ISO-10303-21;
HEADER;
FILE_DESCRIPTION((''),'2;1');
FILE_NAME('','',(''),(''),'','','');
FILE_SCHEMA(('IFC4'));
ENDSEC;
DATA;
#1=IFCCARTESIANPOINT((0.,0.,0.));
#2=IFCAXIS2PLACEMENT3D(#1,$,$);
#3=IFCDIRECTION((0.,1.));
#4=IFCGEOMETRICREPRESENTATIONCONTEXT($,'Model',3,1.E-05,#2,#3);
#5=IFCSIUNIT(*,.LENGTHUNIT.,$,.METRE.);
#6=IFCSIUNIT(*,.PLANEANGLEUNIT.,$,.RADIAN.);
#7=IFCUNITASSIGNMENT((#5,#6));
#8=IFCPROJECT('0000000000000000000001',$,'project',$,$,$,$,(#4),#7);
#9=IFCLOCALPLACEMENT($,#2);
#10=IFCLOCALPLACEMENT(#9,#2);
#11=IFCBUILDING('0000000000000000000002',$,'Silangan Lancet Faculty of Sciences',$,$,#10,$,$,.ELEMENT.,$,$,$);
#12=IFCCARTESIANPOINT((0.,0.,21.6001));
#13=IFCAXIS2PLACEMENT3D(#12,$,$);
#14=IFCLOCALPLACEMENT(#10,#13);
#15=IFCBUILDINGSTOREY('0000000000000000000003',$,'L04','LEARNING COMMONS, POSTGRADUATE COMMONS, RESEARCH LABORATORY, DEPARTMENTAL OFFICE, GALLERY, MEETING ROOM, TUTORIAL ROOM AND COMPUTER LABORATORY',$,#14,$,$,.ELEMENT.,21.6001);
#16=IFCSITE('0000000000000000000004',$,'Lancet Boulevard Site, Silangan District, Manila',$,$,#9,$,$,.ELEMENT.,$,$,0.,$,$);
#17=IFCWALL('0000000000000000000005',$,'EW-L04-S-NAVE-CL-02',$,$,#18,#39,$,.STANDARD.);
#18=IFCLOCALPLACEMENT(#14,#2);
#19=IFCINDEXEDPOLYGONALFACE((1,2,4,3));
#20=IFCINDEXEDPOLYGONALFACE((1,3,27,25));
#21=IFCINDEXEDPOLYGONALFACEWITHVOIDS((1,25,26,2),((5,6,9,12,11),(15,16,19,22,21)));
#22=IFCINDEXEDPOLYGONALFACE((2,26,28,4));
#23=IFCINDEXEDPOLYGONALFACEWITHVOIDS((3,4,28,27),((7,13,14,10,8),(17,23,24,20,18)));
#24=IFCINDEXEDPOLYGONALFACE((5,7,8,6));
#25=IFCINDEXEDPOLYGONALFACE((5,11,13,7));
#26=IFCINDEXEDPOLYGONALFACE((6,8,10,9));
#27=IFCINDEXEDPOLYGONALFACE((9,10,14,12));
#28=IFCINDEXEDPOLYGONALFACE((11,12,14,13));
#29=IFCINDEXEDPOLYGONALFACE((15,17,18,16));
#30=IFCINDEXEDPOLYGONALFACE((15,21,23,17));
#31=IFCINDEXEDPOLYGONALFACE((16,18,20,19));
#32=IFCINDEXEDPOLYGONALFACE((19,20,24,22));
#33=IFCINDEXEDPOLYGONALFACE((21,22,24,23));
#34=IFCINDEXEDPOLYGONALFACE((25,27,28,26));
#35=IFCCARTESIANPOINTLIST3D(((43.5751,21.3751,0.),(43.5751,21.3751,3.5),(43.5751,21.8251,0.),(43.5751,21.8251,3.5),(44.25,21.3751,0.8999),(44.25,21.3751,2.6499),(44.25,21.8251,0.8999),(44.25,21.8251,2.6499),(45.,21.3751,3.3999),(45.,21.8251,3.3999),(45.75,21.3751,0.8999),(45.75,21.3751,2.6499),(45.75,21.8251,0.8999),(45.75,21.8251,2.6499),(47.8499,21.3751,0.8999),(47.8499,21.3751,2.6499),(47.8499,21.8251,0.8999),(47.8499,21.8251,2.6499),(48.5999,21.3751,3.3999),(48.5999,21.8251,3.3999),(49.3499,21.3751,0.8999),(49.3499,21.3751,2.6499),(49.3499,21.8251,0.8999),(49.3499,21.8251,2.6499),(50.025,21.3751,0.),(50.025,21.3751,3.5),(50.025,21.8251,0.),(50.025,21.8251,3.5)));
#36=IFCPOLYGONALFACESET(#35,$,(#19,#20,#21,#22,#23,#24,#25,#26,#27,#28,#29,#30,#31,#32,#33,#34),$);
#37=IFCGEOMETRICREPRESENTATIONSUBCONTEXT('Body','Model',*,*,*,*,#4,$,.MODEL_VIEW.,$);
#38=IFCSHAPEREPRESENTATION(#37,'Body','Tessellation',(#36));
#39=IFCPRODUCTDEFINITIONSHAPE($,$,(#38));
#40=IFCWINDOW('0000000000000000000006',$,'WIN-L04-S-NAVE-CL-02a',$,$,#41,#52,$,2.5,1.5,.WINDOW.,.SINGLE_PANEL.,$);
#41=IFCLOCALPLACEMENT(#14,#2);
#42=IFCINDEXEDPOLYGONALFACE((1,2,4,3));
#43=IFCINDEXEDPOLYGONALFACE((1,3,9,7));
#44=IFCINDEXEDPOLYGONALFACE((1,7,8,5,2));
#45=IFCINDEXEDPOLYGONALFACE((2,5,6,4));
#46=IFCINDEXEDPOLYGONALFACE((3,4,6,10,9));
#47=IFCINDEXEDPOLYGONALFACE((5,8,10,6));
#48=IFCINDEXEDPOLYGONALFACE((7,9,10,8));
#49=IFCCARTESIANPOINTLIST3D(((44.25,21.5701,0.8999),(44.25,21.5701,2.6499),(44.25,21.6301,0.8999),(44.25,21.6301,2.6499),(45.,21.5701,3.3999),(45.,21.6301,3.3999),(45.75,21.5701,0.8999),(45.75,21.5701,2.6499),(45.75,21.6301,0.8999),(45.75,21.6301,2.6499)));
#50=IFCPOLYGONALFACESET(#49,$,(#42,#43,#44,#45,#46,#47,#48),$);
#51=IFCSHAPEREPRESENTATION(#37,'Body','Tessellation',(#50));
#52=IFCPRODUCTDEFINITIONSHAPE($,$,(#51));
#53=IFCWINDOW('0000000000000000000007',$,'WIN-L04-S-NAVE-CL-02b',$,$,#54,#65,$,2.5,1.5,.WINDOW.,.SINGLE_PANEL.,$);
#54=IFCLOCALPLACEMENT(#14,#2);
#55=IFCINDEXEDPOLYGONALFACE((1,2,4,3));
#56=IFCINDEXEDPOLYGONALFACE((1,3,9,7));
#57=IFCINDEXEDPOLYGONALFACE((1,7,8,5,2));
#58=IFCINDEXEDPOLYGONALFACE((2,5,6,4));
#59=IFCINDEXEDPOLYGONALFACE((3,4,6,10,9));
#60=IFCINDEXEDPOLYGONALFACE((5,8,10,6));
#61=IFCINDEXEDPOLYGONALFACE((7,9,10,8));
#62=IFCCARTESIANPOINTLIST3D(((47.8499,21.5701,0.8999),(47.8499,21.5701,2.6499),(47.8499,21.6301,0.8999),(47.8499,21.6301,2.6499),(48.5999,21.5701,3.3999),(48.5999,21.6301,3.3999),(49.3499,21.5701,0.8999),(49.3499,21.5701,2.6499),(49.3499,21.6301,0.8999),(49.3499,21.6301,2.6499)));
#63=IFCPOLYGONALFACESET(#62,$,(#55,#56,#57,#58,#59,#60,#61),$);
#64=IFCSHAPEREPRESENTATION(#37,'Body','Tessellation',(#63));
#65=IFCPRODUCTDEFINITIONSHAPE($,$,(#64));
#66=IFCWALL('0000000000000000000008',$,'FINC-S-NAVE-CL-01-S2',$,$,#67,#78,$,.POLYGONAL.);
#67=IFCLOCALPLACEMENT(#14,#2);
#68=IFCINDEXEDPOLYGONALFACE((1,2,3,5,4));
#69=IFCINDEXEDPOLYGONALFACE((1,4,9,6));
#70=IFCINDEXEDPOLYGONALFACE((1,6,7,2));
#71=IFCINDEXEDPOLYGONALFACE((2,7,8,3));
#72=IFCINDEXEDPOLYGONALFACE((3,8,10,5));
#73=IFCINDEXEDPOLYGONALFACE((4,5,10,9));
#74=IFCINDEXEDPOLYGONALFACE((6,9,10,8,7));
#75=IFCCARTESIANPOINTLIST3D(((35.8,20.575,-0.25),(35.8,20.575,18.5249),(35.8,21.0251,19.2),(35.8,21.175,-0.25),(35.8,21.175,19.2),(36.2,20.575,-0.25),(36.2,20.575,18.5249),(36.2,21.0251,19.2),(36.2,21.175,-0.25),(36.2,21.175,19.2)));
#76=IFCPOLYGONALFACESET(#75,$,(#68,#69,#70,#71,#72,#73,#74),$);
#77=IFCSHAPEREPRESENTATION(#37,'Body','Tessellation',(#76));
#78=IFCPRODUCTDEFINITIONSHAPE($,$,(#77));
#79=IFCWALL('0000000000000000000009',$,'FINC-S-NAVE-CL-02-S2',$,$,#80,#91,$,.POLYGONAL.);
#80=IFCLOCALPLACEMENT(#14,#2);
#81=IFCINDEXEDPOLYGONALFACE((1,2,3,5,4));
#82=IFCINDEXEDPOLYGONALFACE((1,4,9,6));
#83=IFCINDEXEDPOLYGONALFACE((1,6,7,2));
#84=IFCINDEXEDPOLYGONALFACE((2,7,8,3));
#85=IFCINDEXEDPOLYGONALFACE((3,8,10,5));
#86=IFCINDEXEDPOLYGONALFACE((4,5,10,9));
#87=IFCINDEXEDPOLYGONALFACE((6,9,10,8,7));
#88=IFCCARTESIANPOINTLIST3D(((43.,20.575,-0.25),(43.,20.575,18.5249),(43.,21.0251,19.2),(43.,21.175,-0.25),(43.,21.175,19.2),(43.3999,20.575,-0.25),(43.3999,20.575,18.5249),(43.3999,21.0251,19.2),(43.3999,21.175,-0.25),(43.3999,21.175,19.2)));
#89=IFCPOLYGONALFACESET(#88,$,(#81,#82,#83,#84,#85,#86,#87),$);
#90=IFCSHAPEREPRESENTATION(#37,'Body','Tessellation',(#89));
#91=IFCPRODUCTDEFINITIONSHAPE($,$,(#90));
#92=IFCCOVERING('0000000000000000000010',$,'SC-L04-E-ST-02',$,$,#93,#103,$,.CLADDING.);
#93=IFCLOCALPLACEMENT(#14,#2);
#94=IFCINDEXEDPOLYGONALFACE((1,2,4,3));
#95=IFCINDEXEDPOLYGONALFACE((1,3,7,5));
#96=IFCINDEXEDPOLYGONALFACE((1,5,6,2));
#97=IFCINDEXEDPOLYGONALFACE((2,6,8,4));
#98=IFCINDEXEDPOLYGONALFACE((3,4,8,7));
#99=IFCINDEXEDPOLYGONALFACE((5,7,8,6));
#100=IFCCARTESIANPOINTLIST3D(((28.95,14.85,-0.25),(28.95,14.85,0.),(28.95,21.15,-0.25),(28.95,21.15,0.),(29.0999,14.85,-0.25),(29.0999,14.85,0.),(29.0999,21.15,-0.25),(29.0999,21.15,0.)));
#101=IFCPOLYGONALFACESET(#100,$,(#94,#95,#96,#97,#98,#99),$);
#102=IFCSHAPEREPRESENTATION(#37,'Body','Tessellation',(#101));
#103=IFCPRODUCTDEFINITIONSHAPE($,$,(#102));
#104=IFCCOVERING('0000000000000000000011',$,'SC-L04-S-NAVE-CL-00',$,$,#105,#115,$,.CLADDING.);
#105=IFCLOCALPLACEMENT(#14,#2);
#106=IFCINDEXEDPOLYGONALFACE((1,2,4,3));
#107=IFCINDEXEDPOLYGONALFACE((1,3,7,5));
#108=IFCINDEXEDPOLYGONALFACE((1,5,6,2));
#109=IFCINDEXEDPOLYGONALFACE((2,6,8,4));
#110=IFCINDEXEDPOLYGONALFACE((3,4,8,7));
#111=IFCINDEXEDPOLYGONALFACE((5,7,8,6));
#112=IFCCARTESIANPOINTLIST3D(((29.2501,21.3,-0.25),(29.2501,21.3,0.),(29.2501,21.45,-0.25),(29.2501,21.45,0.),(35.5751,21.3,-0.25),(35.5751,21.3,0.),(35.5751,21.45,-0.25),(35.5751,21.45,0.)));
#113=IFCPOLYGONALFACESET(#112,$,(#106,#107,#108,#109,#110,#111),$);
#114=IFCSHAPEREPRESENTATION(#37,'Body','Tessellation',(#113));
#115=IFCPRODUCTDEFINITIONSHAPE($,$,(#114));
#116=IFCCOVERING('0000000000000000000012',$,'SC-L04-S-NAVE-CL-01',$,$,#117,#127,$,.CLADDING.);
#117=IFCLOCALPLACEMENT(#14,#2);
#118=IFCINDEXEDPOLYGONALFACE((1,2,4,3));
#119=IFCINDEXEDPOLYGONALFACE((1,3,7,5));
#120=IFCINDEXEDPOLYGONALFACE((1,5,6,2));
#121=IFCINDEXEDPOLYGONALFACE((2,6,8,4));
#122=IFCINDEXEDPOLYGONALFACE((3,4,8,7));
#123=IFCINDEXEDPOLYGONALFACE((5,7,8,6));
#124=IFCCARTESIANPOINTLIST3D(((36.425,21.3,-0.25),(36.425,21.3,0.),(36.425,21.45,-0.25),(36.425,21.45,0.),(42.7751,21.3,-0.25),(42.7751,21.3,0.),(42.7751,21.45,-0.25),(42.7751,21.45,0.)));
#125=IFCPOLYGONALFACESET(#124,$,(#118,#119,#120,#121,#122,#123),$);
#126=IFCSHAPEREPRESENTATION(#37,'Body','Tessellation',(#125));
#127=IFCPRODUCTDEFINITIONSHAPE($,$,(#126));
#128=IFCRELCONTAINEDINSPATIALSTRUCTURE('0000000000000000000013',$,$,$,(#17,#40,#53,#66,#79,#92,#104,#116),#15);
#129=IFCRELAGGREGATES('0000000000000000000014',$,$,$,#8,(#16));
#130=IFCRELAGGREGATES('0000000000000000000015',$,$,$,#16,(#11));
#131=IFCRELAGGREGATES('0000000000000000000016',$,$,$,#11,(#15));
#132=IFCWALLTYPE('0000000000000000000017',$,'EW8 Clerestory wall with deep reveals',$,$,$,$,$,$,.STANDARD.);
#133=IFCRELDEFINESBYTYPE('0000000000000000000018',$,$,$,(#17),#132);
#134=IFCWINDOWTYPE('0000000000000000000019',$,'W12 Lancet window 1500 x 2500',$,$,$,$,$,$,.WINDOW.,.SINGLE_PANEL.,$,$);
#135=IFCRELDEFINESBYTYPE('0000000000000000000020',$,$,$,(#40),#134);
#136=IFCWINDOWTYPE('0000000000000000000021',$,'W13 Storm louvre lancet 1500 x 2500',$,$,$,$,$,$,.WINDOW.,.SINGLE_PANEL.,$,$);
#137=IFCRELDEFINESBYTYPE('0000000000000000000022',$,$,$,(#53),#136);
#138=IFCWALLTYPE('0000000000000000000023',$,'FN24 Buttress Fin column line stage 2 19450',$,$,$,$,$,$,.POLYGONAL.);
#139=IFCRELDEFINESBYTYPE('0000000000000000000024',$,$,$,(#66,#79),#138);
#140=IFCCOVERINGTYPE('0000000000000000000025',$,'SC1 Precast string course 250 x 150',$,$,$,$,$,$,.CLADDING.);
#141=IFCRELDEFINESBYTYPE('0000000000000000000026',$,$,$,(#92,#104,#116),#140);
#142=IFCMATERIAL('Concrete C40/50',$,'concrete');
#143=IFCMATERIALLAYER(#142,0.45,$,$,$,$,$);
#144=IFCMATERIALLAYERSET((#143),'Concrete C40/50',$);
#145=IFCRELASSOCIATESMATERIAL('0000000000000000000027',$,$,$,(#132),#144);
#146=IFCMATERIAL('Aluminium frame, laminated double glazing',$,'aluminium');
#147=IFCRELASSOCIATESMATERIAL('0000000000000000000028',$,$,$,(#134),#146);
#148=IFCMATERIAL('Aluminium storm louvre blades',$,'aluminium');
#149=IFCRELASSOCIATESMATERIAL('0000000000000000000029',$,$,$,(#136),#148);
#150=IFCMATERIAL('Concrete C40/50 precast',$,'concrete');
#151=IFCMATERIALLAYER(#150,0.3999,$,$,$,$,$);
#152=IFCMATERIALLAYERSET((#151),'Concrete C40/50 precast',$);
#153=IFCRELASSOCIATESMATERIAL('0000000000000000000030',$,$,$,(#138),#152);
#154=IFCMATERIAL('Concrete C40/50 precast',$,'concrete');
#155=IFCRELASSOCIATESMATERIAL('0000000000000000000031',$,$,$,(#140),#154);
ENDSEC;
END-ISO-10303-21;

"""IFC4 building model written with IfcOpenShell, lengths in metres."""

from ifc_helpers import new_model, si_unit, direction, frame, frame_2d, origin, origin_2d, place, context, subcontext, project, spatial, polyline, rectangle, outline, extrude, material, layer, layer_set, type_object, element, fill, save


model = new_model("IFC4")

# Units and contexts
model_context = context("Model", 3, precision=1e-05, world=origin(), true_north=direction((0.0, 1.0)))
body_context = subcontext(model_context, "Body", "Model", "MODEL_VIEW")
ifc_project = project(units=[si_unit("LENGTHUNIT", "METRE"), si_unit("PLANEANGLEUNIT", "RADIAN")], contexts=[model_context])

# Site, building, storey
site_placement = place(None, origin())
site = spatial("IfcSite", under=ifc_project, at=site_placement, Name="Lancet Boulevard Site, Silangan District, Manila", CompositionType="ELEMENT", RefElevation=0.0)
building_placement = place(site_placement, origin())
building = spatial("IfcBuilding", under=site, at=building_placement, Name="Silangan Lancet Faculty of Sciences", CompositionType="ELEMENT")
storey_placement = place(building_placement, frame((0.0, 0.0, 21.6001)))
storey = spatial("IfcBuildingStorey", under=building, at=storey_placement, Name="L04", Description="LEARNING COMMONS, POSTGRADUATE COMMONS, RESEARCH LABORATORY, DEPARTMENTAL OFFICE, GALLERY, MEETING ROOM, TUTORIAL ROOM AND COMPUTER LABORATORY", CompositionType="ELEMENT", Elevation=21.6001)

# Wall, openings, windows
ifc_material_1 = material(Name="Concrete C40/50", Category="concrete")
ifc_layer_1 = layer(ifc_material_1, 0.45)
ifc_layer_set_1 = layer_set([ifc_layer_1], Name="Concrete C40/50")
wall_type_1 = type_object("IfcWallType", Name="EW8 Clerestory wall with deep reveals", PredefinedType="STANDARD", material=ifc_layer_set_1)
ifc_material_2 = material(Name="Aluminium frame, laminated double glazing", Category="aluminium")
window_type_1 = type_object("IfcWindowType", Name="W12 Lancet window 1500 x 2500", PartitioningType="SINGLE_PANEL", PredefinedType="WINDOW", material=ifc_material_2)
ifc_material_3 = material(Name="Aluminium storm louvre blades", Category="aluminium")
window_type_2 = type_object("IfcWindowType", Name="W13 Storm louvre lancet 1500 x 2500", PartitioningType="SINGLE_PANEL", PredefinedType="WINDOW", material=ifc_material_3)
wall_1_placement = place(storey_placement, frame((43.575, 21.6001, 0.0), z_axis=(0.0, 0.0, 1.0), x_axis=(1.0, 0.0, 0.0)))
wall_1 = element("IfcWall", 1, at=wall_1_placement, inside=storey, type_object=wall_type_1, Name="EW-L04-S-NAVE-CL-02", PredefinedType="STANDARD", context=body_context, shape_type="SweptSolid", body=[
    extrude(rectangle(XDim=6.45, YDim=0.45, at=frame_2d((3.2251, 0.0))), origin(), (0.0, 0.0, 1.0), 3.5),
])
opening_1_placement = place(wall_1_placement, frame((0.675, 0.0, 0.8999)))
opening_1 = element("IfcOpeningElement", 2, at=opening_1_placement, cuts=wall_1, PredefinedType="OPENING", context=body_context, shape_type="SweptSolid", body=[
    extrude(outline(polyline([(0.0, 0.0), (1.5, 0.0), (1.5, 1.75), (0.75, 2.5), (0.0, 1.75), (0.0, 0.0)])), frame((0.0, 0.2349, 0.0), z_axis=(0.0, -1.0, 0.0), x_axis=(1.0, 0.0, 0.0)), (0.0, 0.0, 1.0), 0.47),
])
opening_2_placement = place(wall_1_placement, frame((4.2749, 0.0, 0.8999)))
opening_2 = element("IfcOpeningElement", 3, at=opening_2_placement, cuts=wall_1, PredefinedType="OPENING", context=body_context, shape_type="SweptSolid", body=[
    extrude(outline(polyline([(0.0, 0.0), (1.5, 0.0), (1.5, 1.75), (0.75, 2.5), (0.0, 1.75), (0.0, 0.0)])), frame((0.0, 0.2349, 0.0), z_axis=(0.0, -1.0, 0.0), x_axis=(1.0, 0.0, 0.0)), (0.0, 0.0, 1.0), 0.47),
])
window_1_placement = place(opening_1_placement, origin())
window_1 = element("IfcWindow", 4, at=window_1_placement, inside=storey, type_object=window_type_1, Name="WIN-L04-S-NAVE-CL-02a", OverallHeight=2.5, OverallWidth=1.5, PartitioningType="SINGLE_PANEL", PredefinedType="WINDOW", context=body_context, shape_type="SweptSolid", body=[
    extrude(outline(polyline([(0.0, 0.0), (1.5, 0.0), (1.5, 1.75), (0.75, 2.5), (0.0, 1.75), (0.0, 0.0)])), frame((0.0, 0.03, 0.0), z_axis=(0.0, -1.0, 0.0), x_axis=(1.0, 0.0, 0.0)), (0.0, 0.0, 1.0), 0.0601),
])
fill(opening_1, window_1)
window_2_placement = place(opening_2_placement, origin())
window_2 = element("IfcWindow", 5, at=window_2_placement, inside=storey, type_object=window_type_2, Name="WIN-L04-S-NAVE-CL-02b", OverallHeight=2.5, OverallWidth=1.5, PartitioningType="SINGLE_PANEL", PredefinedType="WINDOW", context=body_context, shape_type="SweptSolid", body=[
    extrude(outline(polyline([(0.0, 0.0), (1.5, 0.0), (1.5, 1.75), (0.75, 2.5), (0.0, 1.75), (0.0, 0.0)])), frame((0.0, 0.03, 0.0), z_axis=(0.0, -1.0, 0.0), x_axis=(1.0, 0.0, 0.0)), (0.0, 0.0, 1.0), 0.0601),
])
fill(opening_2, window_2)

# Walls
ifc_material_4 = material(Name="Concrete C40/50 precast", Category="concrete")
ifc_layer_2 = layer(ifc_material_4, 0.3999)
ifc_layer_set_2 = layer_set([ifc_layer_2], Name="Concrete C40/50 precast")
wall_type_2 = type_object("IfcWallType", Name="FN24 Buttress Fin column line stage 2 19450", PredefinedType="POLYGONAL", material=ifc_layer_set_2)
for number, where, z_axis, x_axis, name in (
    (6, (36.0, 21.175, -0.25), (0.0, 0.0, 1.0), (0.0, -1.0, 0.0), "FINC-S-NAVE-CL-01-S2"),
    (7, (43.2, 21.175, -0.25), (0.0, 0.0, 1.0), (0.0, -1.0, 0.0), "FINC-S-NAVE-CL-02-S2"),
):
    element("IfcWall", number, at=place(storey_placement, frame(where, z_axis=z_axis, x_axis=x_axis)), inside=storey, type_object=wall_type_2, Name=name, PredefinedType="POLYGONAL", context=body_context, shape_type="SweptSolid", body=[
        extrude(outline(polyline([(0.6001, 0.0), (0.6001, 18.7749), (0.1499, 19.45), (0.0, 19.45), (0.0, 0.0), (0.6001, 0.0)])), frame((0.0, 0.2, 0.0), z_axis=(0.0, -1.0, 0.0), x_axis=(1.0, 0.0, 0.0)), (0.0, 0.0, 1.0), 0.3999),
    ])

# Coverings
ifc_material_5 = material(Name="Concrete C40/50 precast", Category="concrete")
covering_type = type_object("IfcCoveringType", Name="SC1 Precast string course 250 x 150", PredefinedType="CLADDING", material=ifc_material_5)
covering_1_placement = place(storey_placement, frame((29.0249, 18.0, -0.25), z_axis=(0.0, 0.0, 1.0), x_axis=(1.0, 0.0, 0.0)))
element("IfcCovering", 8, at=covering_1_placement, inside=storey, type_object=covering_type, Name="SC-L04-E-ST-02", PredefinedType="CLADDING", context=body_context, shape_type="SweptSolid", body=[
    extrude(rectangle(XDim=0.1499, YDim=6.3, at=origin_2d()), origin(), (0.0, 0.0, 1.0), 0.25),
])
covering_2_placement = place(storey_placement, frame((32.4126, 21.375, -0.25), z_axis=(0.0, 0.0, 1.0), x_axis=(1.0, 0.0, 0.0)))
element("IfcCovering", 9, at=covering_2_placement, inside=storey, type_object=covering_type, Name="SC-L04-S-NAVE-CL-00", PredefinedType="CLADDING", context=body_context, shape_type="SweptSolid", body=[
    extrude(rectangle(XDim=6.325, YDim=0.1499, at=origin_2d()), origin(), (0.0, 0.0, 1.0), 0.25),
])
covering_3_placement = place(storey_placement, frame((39.6001, 21.375, -0.25), z_axis=(0.0, 0.0, 1.0), x_axis=(1.0, 0.0, 0.0)))
element("IfcCovering", 10, at=covering_3_placement, inside=storey, type_object=covering_type, Name="SC-L04-S-NAVE-CL-01", PredefinedType="CLADDING", context=body_context, shape_type="SweptSolid", body=[
    extrude(rectangle(XDim=6.3501, YDim=0.1499, at=origin_2d()), origin(), (0.0, 0.0, 1.0), 0.25),
])

save(model, "model.ifc")
